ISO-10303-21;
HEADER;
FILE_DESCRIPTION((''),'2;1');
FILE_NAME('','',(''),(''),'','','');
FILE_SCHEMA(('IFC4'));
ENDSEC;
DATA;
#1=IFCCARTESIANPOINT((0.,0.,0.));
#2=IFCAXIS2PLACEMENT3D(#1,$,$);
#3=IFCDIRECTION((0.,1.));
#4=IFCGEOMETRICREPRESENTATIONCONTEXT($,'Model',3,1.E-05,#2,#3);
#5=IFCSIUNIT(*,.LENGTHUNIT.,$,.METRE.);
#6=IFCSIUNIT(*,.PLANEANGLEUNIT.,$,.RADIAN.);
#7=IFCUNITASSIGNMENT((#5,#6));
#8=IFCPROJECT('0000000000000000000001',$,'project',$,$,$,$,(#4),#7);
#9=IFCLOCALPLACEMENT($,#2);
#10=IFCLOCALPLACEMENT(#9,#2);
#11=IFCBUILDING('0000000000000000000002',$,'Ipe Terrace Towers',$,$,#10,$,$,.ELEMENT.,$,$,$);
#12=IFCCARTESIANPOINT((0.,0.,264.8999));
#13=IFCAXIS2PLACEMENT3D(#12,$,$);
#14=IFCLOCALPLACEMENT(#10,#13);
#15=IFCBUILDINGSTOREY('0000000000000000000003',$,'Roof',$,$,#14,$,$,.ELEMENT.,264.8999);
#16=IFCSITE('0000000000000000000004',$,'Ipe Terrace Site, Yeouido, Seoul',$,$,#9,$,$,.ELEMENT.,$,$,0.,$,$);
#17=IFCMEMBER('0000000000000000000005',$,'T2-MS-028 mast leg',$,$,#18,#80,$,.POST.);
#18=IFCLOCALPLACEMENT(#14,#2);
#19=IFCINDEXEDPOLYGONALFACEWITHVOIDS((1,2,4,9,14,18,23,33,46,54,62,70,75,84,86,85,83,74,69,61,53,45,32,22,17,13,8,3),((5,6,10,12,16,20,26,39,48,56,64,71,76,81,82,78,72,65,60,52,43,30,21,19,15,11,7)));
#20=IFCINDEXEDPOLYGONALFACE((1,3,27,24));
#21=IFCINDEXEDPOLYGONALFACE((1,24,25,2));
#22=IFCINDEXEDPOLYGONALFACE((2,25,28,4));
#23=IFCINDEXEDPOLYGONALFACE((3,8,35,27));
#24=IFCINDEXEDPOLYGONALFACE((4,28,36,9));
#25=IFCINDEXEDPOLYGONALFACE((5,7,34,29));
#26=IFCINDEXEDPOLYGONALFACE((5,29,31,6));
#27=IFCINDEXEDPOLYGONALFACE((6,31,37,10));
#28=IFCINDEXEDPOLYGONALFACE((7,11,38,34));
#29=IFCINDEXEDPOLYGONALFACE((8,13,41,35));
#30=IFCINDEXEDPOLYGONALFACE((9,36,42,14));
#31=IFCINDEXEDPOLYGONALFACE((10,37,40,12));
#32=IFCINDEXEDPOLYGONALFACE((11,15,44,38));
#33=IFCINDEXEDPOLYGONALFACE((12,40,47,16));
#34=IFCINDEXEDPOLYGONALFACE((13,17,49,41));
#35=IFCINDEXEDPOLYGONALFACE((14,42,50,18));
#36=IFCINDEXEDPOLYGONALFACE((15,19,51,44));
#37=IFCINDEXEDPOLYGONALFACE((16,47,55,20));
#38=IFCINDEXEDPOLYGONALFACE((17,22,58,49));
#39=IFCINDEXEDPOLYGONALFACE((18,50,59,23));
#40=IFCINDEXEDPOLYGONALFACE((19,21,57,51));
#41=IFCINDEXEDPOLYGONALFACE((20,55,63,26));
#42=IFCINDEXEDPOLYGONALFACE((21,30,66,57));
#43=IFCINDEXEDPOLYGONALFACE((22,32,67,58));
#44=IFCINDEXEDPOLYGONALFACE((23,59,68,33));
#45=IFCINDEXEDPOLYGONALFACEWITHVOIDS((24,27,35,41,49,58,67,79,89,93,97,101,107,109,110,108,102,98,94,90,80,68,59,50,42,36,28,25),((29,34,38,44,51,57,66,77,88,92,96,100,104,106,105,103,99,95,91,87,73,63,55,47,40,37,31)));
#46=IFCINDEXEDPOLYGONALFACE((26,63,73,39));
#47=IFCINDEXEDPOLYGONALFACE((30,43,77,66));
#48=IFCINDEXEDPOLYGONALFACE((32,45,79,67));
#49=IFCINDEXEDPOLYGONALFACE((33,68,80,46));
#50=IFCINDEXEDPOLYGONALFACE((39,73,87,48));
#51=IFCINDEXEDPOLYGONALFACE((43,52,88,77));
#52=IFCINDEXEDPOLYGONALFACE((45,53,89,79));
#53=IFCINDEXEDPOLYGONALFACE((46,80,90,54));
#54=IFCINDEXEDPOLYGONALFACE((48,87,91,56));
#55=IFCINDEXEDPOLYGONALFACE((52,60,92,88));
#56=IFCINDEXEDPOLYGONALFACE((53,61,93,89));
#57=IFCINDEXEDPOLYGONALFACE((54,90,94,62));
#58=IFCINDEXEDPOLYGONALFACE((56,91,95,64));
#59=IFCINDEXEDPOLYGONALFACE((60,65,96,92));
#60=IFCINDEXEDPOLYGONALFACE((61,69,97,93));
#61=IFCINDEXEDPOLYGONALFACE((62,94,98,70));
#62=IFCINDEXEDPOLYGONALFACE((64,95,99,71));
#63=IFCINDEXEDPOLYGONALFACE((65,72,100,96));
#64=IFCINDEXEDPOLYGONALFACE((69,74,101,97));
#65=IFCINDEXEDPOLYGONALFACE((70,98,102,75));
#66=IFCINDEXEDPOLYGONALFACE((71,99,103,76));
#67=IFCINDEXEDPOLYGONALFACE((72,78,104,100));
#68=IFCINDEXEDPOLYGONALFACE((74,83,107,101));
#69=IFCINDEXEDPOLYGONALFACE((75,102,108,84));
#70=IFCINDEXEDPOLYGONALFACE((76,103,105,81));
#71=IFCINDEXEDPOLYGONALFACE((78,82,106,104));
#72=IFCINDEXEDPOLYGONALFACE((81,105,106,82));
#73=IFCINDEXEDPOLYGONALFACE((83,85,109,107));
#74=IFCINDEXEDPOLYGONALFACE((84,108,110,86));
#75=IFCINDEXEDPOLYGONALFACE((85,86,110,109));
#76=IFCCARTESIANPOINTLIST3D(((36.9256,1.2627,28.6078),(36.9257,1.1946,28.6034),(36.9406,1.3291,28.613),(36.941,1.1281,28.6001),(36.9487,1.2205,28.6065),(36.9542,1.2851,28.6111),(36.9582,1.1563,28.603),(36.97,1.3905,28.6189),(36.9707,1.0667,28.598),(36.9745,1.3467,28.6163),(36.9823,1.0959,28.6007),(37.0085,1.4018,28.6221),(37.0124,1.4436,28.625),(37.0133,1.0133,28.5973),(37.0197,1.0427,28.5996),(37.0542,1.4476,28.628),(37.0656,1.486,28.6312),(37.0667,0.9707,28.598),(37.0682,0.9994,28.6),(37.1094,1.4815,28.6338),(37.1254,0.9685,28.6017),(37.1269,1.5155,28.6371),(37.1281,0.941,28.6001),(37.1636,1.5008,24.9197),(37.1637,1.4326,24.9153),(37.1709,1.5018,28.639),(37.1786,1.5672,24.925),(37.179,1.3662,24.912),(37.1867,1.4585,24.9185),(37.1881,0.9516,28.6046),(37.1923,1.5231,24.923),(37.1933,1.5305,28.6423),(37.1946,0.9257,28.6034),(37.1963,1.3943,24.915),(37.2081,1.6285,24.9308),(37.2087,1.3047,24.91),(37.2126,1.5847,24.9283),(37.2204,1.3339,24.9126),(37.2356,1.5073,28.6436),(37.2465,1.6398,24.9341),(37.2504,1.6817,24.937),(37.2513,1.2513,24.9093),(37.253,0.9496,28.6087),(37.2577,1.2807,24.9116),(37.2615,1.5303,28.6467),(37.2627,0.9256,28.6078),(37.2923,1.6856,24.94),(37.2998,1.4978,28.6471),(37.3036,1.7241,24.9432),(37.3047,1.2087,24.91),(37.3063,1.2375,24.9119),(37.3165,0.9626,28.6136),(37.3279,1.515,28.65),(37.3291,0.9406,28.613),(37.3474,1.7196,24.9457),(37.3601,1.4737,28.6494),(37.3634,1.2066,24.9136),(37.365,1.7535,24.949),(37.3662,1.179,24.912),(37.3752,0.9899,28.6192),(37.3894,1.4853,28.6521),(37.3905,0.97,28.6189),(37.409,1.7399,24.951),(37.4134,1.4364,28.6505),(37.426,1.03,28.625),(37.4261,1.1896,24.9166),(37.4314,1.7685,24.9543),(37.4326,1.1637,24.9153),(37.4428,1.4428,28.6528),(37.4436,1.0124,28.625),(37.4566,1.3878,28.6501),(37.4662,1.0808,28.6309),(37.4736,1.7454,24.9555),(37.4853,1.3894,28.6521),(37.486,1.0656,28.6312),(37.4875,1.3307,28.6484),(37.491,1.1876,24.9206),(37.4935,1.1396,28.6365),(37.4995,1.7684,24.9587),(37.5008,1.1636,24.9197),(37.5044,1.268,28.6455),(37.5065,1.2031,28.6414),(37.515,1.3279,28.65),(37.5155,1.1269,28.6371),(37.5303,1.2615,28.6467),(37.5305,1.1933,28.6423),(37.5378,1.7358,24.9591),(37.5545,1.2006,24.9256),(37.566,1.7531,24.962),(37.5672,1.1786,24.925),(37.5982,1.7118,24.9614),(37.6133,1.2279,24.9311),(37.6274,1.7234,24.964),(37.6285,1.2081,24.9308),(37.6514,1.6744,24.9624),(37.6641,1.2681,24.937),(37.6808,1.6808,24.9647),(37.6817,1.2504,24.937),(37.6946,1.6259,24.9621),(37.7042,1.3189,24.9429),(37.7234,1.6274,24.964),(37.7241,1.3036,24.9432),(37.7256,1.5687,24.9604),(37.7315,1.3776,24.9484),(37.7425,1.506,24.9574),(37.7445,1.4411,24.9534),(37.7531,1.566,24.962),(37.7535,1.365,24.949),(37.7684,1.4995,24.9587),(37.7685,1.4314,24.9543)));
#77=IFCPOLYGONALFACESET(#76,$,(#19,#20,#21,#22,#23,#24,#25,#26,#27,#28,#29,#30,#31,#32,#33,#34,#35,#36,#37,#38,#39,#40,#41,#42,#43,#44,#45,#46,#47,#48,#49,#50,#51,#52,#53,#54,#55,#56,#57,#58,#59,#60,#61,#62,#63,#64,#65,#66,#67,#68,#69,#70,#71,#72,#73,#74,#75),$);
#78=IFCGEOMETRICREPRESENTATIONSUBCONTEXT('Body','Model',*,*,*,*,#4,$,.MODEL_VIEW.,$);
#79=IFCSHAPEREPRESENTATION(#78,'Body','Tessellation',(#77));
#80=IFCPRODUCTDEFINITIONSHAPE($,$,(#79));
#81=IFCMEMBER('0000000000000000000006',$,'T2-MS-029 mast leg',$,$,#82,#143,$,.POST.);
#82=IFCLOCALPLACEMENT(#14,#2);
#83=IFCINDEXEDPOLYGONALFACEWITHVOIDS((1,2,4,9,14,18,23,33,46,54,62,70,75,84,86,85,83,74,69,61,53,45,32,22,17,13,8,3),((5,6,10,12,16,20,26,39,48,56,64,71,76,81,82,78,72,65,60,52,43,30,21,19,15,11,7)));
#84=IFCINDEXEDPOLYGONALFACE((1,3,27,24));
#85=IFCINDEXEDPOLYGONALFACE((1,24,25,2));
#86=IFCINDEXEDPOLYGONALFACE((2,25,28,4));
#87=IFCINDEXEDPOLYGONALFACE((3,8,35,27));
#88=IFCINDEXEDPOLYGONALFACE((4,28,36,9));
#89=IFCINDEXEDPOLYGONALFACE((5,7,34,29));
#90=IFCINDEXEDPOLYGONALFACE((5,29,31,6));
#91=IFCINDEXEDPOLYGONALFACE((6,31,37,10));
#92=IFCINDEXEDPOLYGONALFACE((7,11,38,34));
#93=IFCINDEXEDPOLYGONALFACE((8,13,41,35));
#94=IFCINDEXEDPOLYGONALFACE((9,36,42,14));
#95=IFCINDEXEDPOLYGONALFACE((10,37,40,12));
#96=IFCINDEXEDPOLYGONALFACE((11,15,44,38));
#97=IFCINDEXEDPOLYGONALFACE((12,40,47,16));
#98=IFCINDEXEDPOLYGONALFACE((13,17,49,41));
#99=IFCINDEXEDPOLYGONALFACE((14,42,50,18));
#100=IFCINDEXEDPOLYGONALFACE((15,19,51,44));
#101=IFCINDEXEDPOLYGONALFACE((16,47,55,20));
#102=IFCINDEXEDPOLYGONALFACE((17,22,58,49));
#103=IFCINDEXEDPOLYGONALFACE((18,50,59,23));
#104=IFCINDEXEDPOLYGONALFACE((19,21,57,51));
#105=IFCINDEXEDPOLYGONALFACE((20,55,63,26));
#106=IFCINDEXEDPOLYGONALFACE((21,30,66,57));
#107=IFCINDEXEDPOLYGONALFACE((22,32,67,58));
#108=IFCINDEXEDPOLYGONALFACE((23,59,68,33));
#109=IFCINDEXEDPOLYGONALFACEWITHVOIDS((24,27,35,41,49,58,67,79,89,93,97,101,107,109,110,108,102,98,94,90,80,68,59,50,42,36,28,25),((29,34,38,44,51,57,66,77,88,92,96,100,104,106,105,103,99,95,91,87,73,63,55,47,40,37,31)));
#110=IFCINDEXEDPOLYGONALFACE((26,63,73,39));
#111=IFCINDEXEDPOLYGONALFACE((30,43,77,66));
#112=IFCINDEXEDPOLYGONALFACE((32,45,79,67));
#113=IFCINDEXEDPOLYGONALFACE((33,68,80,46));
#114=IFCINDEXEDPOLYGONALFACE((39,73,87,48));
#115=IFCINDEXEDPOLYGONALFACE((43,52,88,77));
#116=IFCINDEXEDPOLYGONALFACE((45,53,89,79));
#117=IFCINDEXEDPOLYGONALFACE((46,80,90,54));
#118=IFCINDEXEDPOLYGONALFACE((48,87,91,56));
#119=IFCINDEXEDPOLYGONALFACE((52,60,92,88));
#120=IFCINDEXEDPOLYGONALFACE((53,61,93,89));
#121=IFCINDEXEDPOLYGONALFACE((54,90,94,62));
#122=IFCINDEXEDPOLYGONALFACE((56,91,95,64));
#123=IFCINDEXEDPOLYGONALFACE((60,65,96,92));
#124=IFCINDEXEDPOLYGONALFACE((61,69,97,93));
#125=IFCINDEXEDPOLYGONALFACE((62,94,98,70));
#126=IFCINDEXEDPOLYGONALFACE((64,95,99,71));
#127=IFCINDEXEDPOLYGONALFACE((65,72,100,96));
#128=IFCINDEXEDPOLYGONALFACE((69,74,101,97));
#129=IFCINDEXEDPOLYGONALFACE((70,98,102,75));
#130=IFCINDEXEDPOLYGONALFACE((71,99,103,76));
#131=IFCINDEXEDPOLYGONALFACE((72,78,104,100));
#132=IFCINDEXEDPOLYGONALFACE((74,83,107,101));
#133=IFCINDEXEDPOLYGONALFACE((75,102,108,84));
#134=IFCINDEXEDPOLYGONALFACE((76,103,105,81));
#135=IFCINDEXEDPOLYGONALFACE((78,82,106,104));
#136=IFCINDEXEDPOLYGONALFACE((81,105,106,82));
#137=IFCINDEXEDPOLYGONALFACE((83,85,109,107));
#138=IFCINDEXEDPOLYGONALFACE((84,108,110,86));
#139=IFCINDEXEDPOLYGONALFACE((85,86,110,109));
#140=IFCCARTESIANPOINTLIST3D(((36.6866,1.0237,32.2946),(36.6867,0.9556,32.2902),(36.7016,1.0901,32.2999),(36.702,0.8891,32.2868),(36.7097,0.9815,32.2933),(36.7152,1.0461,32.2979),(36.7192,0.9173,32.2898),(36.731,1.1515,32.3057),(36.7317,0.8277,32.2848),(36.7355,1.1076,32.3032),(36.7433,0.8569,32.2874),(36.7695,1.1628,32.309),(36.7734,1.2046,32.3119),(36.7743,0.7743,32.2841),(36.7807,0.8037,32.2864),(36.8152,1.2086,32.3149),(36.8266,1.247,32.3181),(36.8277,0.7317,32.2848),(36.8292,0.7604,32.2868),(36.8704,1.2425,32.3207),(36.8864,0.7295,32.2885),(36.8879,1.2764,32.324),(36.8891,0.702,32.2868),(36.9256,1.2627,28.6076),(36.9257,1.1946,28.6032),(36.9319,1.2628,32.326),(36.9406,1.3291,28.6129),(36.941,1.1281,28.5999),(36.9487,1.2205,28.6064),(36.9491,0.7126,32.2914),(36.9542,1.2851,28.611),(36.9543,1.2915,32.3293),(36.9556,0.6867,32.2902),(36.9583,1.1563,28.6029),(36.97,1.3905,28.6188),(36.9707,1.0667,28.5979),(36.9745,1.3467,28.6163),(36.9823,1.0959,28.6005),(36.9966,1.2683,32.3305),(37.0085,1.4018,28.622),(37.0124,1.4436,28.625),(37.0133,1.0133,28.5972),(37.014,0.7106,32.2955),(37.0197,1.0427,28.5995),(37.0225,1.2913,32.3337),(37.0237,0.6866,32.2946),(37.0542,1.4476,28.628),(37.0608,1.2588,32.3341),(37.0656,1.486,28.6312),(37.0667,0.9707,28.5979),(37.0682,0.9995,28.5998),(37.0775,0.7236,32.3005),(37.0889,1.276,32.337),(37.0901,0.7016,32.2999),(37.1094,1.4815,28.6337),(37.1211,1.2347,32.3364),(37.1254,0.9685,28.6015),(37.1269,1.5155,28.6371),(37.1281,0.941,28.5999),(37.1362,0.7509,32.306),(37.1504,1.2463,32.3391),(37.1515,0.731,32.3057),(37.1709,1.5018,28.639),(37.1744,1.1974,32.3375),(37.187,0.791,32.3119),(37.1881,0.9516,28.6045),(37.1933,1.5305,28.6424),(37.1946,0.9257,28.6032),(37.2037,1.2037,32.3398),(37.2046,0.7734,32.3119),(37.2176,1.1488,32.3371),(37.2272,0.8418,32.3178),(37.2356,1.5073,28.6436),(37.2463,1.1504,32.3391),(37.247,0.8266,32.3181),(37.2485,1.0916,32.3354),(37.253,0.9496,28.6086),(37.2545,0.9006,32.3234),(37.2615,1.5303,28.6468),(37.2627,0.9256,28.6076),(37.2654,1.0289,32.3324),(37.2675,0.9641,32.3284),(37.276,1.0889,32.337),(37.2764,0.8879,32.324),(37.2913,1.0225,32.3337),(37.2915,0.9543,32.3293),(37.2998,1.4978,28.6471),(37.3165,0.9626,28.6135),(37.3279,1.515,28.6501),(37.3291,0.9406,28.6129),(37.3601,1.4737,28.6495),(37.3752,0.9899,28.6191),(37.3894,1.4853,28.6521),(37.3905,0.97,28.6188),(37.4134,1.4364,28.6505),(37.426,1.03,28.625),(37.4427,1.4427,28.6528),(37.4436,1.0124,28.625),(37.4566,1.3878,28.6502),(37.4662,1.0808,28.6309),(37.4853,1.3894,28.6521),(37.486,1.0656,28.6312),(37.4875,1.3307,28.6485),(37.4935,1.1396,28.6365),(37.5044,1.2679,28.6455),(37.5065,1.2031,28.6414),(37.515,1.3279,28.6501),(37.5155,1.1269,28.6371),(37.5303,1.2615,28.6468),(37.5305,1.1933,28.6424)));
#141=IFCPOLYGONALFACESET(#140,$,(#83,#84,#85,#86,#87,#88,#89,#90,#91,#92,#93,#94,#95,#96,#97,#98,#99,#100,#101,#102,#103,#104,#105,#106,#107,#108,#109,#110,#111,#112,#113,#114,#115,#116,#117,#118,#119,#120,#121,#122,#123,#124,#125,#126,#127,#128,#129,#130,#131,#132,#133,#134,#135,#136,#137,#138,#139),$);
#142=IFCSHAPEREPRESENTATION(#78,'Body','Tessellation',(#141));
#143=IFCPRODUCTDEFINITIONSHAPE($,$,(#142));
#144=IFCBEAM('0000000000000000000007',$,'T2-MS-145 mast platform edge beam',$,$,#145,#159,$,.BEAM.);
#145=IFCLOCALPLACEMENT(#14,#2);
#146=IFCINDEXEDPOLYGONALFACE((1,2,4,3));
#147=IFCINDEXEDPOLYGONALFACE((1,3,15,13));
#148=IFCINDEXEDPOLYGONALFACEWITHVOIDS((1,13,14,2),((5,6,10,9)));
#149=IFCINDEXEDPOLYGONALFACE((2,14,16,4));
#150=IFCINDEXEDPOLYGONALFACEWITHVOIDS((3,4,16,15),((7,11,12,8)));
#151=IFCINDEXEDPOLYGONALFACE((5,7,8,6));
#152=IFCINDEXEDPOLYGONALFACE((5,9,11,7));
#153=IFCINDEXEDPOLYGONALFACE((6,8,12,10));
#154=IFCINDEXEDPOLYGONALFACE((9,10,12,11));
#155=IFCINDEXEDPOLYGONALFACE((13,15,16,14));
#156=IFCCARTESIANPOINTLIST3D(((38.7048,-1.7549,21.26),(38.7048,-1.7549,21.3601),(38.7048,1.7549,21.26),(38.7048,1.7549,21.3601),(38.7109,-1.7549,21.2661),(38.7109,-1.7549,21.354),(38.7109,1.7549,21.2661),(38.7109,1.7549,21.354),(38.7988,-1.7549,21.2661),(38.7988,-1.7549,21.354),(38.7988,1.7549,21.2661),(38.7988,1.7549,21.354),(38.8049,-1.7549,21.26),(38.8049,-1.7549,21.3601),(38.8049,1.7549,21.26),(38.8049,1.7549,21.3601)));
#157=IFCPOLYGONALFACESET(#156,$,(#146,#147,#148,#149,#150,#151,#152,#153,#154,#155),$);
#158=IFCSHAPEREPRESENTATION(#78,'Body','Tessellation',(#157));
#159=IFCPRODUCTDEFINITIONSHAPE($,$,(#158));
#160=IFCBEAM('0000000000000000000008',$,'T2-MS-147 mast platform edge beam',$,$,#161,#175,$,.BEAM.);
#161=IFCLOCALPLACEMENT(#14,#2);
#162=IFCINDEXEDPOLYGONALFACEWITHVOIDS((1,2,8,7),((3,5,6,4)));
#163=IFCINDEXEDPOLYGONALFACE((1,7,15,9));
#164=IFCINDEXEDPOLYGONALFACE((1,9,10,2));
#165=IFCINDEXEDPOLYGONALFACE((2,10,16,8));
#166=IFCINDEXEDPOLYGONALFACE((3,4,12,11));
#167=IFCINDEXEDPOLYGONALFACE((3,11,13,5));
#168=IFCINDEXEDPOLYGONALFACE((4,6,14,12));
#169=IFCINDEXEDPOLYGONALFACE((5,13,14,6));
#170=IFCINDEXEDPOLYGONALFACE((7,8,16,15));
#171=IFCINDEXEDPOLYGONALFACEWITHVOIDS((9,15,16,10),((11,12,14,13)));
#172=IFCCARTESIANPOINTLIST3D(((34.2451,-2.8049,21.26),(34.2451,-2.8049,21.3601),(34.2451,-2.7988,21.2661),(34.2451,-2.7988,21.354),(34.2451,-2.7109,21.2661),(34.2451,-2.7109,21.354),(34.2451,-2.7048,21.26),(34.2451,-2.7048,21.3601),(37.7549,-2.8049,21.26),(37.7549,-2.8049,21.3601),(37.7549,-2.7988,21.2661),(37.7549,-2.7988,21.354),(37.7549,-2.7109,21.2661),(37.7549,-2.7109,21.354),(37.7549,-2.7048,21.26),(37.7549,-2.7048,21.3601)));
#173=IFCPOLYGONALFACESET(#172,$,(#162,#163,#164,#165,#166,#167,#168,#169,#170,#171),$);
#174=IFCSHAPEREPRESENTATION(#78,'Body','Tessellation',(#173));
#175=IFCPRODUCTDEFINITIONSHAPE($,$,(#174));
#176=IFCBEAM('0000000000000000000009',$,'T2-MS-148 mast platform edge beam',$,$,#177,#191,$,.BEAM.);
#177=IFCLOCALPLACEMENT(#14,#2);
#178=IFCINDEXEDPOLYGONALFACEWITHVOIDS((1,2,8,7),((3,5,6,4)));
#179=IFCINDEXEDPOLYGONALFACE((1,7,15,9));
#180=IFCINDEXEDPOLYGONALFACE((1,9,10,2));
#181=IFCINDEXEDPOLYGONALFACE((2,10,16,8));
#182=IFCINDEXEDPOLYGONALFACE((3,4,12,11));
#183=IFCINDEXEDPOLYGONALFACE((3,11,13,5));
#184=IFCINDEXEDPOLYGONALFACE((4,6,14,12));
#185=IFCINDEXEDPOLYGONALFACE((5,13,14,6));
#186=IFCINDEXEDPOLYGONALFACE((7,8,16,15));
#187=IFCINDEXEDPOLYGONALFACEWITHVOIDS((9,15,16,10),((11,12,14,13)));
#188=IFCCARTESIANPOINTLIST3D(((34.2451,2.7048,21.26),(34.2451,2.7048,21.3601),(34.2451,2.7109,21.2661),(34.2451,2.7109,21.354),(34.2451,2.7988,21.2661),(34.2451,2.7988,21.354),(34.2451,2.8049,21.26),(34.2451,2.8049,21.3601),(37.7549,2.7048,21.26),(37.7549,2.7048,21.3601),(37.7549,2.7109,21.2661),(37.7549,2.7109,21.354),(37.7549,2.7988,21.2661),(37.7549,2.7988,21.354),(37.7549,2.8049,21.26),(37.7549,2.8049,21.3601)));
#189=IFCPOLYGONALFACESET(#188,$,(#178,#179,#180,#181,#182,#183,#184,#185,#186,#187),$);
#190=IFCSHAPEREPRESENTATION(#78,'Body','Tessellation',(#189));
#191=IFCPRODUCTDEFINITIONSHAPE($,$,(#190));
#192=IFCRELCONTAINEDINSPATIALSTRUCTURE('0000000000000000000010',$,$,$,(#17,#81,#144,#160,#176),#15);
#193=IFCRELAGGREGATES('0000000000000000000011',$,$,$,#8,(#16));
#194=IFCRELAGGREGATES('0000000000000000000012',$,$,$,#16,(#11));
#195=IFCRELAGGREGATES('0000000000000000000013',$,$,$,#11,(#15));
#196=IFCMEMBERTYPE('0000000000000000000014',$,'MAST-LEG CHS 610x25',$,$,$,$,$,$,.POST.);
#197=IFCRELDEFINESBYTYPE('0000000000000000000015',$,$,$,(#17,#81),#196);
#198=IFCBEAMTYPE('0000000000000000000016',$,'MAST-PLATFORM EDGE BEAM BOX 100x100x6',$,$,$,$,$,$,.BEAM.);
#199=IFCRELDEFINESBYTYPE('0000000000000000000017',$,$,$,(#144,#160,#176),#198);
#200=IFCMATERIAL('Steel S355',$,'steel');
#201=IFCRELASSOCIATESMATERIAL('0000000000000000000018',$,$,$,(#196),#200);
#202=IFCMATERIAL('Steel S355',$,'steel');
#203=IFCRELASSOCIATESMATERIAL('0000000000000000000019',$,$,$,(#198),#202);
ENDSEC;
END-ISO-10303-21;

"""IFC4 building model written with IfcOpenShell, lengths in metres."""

from ifc_helpers import new_model, si_unit, direction, frame, origin, origin_2d, place, context, subcontext, project, spatial, hollow_rectangle, hollow_circle, extrude, material, material_profile, profile_set, type_object, element, save


model = new_model("IFC4")

# Units and contexts
model_context = context("Model", 3, precision=1e-05, world=origin(), true_north=direction((0.0, 1.0)))
body_context = subcontext(model_context, "Body", "Model", "MODEL_VIEW")
ifc_project = project(units=[si_unit("LENGTHUNIT", "METRE"), si_unit("PLANEANGLEUNIT", "RADIAN")], contexts=[model_context])

# Site, building, storey
site_placement = place(None, origin())
site = spatial("IfcSite", under=ifc_project, at=site_placement, Name="Ipe Terrace Site, Yeouido, Seoul", CompositionType="ELEMENT", RefElevation=0.0)
building_placement = place(site_placement, origin())
building = spatial("IfcBuilding", under=site, at=building_placement, Name="Ipe Terrace Towers", CompositionType="ELEMENT")
storey_placement = place(building_placement, frame((0.0, 0.0, 264.8999)))
storey = spatial("IfcBuildingStorey", under=building, at=storey_placement, Name="Roof", CompositionType="ELEMENT", Elevation=264.8999)

# Members
ifc_material_1 = material(Name="Steel S355", Category="steel")
ifc_material_profile_1 = material_profile(ifc_material_1, hollow_circle(Radius=0.3049, WallThickness=0.0249, at=origin_2d()), Name="MAST-LEG CHS 610x25")
ifc_profile_set_1 = profile_set([ifc_material_profile_1], Name="Steel S355")
member_type_1 = type_object("IfcMemberType", Name="MAST-LEG CHS 610x25", PredefinedType="POST", material=ifc_profile_set_1)
member_1_placement = place(storey_placement, frame((37.4661, 1.4661, 24.937), z_axis=(-0.064277, -0.064277, 0.99586), x_axis=(0.707107, -0.707107, 0.0)))
element("IfcMember", 1, at=member_1_placement, inside=storey, type_object=member_type_1, Name="T2-MS-028 mast leg", PredefinedType="POST", context=body_context, shape_type="SweptSolid", body=[
    extrude(hollow_circle(Radius=0.3049, WallThickness=0.0249, at=origin_2d()), origin(), (0.0, 0.0, 1.0), 3.7034),
])
member_2_placement = place(storey_placement, frame((37.228, 1.228, 28.625), z_axis=(-0.064555, -0.064555, 0.995824), x_axis=(0.707107, -0.707107, 0.0)))
element("IfcMember", 2, at=member_2_placement, inside=storey, type_object=member_type_1, Name="T2-MS-029 mast leg", PredefinedType="POST", context=body_context, shape_type="SweptSolid", body=[
    extrude(hollow_circle(Radius=0.3049, WallThickness=0.0249, at=origin_2d()), origin(), (0.0, 0.0, 1.0), 3.7024),
])

# Beams
ifc_material_2 = material(Name="Steel S355", Category="steel")
ifc_material_profile_2 = material_profile(ifc_material_2, hollow_rectangle(XDim=0.1001, YDim=0.1001, WallThickness=0.0061, at=origin_2d()), Name="MAST-PLATFORM EDGE BEAM BOX 100x100x6")
ifc_profile_set_2 = profile_set([ifc_material_profile_2], Name="Steel S355")
beam_type_1 = type_object("IfcBeamType", Name="MAST-PLATFORM EDGE BEAM BOX 100x100x6", PredefinedType="BEAM", material=ifc_profile_set_2)
for number, where, z_axis, x_axis, name in (
    (3, (38.7549, -1.7549, 21.3101), (0.0, 1.0, 0.0), (-1.0, 0.0, 0.0), "T2-MS-145 mast platform edge beam"),
    (4, (37.7549, -2.7549, 21.3101), (-1.0, 0.0, 0.0), (0.0, -1.0, 0.0), "T2-MS-147 mast platform edge beam"),
    (5, (37.7549, 2.7549, 21.3101), (-1.0, 0.0, 0.0), (0.0, -1.0, 0.0), "T2-MS-148 mast platform edge beam"),
):
    element("IfcBeam", number, at=place(storey_placement, frame(where, z_axis=z_axis, x_axis=x_axis)), inside=storey, type_object=beam_type_1, Name=name, PredefinedType="BEAM", context=body_context, shape_type="SweptSolid", body=[
        extrude(hollow_rectangle(XDim=0.1001, YDim=0.1001, WallThickness=0.0061, at=origin_2d()), origin(), (0.0, 0.0, 1.0), 3.5098),
    ])

save(model, "model.ifc")
